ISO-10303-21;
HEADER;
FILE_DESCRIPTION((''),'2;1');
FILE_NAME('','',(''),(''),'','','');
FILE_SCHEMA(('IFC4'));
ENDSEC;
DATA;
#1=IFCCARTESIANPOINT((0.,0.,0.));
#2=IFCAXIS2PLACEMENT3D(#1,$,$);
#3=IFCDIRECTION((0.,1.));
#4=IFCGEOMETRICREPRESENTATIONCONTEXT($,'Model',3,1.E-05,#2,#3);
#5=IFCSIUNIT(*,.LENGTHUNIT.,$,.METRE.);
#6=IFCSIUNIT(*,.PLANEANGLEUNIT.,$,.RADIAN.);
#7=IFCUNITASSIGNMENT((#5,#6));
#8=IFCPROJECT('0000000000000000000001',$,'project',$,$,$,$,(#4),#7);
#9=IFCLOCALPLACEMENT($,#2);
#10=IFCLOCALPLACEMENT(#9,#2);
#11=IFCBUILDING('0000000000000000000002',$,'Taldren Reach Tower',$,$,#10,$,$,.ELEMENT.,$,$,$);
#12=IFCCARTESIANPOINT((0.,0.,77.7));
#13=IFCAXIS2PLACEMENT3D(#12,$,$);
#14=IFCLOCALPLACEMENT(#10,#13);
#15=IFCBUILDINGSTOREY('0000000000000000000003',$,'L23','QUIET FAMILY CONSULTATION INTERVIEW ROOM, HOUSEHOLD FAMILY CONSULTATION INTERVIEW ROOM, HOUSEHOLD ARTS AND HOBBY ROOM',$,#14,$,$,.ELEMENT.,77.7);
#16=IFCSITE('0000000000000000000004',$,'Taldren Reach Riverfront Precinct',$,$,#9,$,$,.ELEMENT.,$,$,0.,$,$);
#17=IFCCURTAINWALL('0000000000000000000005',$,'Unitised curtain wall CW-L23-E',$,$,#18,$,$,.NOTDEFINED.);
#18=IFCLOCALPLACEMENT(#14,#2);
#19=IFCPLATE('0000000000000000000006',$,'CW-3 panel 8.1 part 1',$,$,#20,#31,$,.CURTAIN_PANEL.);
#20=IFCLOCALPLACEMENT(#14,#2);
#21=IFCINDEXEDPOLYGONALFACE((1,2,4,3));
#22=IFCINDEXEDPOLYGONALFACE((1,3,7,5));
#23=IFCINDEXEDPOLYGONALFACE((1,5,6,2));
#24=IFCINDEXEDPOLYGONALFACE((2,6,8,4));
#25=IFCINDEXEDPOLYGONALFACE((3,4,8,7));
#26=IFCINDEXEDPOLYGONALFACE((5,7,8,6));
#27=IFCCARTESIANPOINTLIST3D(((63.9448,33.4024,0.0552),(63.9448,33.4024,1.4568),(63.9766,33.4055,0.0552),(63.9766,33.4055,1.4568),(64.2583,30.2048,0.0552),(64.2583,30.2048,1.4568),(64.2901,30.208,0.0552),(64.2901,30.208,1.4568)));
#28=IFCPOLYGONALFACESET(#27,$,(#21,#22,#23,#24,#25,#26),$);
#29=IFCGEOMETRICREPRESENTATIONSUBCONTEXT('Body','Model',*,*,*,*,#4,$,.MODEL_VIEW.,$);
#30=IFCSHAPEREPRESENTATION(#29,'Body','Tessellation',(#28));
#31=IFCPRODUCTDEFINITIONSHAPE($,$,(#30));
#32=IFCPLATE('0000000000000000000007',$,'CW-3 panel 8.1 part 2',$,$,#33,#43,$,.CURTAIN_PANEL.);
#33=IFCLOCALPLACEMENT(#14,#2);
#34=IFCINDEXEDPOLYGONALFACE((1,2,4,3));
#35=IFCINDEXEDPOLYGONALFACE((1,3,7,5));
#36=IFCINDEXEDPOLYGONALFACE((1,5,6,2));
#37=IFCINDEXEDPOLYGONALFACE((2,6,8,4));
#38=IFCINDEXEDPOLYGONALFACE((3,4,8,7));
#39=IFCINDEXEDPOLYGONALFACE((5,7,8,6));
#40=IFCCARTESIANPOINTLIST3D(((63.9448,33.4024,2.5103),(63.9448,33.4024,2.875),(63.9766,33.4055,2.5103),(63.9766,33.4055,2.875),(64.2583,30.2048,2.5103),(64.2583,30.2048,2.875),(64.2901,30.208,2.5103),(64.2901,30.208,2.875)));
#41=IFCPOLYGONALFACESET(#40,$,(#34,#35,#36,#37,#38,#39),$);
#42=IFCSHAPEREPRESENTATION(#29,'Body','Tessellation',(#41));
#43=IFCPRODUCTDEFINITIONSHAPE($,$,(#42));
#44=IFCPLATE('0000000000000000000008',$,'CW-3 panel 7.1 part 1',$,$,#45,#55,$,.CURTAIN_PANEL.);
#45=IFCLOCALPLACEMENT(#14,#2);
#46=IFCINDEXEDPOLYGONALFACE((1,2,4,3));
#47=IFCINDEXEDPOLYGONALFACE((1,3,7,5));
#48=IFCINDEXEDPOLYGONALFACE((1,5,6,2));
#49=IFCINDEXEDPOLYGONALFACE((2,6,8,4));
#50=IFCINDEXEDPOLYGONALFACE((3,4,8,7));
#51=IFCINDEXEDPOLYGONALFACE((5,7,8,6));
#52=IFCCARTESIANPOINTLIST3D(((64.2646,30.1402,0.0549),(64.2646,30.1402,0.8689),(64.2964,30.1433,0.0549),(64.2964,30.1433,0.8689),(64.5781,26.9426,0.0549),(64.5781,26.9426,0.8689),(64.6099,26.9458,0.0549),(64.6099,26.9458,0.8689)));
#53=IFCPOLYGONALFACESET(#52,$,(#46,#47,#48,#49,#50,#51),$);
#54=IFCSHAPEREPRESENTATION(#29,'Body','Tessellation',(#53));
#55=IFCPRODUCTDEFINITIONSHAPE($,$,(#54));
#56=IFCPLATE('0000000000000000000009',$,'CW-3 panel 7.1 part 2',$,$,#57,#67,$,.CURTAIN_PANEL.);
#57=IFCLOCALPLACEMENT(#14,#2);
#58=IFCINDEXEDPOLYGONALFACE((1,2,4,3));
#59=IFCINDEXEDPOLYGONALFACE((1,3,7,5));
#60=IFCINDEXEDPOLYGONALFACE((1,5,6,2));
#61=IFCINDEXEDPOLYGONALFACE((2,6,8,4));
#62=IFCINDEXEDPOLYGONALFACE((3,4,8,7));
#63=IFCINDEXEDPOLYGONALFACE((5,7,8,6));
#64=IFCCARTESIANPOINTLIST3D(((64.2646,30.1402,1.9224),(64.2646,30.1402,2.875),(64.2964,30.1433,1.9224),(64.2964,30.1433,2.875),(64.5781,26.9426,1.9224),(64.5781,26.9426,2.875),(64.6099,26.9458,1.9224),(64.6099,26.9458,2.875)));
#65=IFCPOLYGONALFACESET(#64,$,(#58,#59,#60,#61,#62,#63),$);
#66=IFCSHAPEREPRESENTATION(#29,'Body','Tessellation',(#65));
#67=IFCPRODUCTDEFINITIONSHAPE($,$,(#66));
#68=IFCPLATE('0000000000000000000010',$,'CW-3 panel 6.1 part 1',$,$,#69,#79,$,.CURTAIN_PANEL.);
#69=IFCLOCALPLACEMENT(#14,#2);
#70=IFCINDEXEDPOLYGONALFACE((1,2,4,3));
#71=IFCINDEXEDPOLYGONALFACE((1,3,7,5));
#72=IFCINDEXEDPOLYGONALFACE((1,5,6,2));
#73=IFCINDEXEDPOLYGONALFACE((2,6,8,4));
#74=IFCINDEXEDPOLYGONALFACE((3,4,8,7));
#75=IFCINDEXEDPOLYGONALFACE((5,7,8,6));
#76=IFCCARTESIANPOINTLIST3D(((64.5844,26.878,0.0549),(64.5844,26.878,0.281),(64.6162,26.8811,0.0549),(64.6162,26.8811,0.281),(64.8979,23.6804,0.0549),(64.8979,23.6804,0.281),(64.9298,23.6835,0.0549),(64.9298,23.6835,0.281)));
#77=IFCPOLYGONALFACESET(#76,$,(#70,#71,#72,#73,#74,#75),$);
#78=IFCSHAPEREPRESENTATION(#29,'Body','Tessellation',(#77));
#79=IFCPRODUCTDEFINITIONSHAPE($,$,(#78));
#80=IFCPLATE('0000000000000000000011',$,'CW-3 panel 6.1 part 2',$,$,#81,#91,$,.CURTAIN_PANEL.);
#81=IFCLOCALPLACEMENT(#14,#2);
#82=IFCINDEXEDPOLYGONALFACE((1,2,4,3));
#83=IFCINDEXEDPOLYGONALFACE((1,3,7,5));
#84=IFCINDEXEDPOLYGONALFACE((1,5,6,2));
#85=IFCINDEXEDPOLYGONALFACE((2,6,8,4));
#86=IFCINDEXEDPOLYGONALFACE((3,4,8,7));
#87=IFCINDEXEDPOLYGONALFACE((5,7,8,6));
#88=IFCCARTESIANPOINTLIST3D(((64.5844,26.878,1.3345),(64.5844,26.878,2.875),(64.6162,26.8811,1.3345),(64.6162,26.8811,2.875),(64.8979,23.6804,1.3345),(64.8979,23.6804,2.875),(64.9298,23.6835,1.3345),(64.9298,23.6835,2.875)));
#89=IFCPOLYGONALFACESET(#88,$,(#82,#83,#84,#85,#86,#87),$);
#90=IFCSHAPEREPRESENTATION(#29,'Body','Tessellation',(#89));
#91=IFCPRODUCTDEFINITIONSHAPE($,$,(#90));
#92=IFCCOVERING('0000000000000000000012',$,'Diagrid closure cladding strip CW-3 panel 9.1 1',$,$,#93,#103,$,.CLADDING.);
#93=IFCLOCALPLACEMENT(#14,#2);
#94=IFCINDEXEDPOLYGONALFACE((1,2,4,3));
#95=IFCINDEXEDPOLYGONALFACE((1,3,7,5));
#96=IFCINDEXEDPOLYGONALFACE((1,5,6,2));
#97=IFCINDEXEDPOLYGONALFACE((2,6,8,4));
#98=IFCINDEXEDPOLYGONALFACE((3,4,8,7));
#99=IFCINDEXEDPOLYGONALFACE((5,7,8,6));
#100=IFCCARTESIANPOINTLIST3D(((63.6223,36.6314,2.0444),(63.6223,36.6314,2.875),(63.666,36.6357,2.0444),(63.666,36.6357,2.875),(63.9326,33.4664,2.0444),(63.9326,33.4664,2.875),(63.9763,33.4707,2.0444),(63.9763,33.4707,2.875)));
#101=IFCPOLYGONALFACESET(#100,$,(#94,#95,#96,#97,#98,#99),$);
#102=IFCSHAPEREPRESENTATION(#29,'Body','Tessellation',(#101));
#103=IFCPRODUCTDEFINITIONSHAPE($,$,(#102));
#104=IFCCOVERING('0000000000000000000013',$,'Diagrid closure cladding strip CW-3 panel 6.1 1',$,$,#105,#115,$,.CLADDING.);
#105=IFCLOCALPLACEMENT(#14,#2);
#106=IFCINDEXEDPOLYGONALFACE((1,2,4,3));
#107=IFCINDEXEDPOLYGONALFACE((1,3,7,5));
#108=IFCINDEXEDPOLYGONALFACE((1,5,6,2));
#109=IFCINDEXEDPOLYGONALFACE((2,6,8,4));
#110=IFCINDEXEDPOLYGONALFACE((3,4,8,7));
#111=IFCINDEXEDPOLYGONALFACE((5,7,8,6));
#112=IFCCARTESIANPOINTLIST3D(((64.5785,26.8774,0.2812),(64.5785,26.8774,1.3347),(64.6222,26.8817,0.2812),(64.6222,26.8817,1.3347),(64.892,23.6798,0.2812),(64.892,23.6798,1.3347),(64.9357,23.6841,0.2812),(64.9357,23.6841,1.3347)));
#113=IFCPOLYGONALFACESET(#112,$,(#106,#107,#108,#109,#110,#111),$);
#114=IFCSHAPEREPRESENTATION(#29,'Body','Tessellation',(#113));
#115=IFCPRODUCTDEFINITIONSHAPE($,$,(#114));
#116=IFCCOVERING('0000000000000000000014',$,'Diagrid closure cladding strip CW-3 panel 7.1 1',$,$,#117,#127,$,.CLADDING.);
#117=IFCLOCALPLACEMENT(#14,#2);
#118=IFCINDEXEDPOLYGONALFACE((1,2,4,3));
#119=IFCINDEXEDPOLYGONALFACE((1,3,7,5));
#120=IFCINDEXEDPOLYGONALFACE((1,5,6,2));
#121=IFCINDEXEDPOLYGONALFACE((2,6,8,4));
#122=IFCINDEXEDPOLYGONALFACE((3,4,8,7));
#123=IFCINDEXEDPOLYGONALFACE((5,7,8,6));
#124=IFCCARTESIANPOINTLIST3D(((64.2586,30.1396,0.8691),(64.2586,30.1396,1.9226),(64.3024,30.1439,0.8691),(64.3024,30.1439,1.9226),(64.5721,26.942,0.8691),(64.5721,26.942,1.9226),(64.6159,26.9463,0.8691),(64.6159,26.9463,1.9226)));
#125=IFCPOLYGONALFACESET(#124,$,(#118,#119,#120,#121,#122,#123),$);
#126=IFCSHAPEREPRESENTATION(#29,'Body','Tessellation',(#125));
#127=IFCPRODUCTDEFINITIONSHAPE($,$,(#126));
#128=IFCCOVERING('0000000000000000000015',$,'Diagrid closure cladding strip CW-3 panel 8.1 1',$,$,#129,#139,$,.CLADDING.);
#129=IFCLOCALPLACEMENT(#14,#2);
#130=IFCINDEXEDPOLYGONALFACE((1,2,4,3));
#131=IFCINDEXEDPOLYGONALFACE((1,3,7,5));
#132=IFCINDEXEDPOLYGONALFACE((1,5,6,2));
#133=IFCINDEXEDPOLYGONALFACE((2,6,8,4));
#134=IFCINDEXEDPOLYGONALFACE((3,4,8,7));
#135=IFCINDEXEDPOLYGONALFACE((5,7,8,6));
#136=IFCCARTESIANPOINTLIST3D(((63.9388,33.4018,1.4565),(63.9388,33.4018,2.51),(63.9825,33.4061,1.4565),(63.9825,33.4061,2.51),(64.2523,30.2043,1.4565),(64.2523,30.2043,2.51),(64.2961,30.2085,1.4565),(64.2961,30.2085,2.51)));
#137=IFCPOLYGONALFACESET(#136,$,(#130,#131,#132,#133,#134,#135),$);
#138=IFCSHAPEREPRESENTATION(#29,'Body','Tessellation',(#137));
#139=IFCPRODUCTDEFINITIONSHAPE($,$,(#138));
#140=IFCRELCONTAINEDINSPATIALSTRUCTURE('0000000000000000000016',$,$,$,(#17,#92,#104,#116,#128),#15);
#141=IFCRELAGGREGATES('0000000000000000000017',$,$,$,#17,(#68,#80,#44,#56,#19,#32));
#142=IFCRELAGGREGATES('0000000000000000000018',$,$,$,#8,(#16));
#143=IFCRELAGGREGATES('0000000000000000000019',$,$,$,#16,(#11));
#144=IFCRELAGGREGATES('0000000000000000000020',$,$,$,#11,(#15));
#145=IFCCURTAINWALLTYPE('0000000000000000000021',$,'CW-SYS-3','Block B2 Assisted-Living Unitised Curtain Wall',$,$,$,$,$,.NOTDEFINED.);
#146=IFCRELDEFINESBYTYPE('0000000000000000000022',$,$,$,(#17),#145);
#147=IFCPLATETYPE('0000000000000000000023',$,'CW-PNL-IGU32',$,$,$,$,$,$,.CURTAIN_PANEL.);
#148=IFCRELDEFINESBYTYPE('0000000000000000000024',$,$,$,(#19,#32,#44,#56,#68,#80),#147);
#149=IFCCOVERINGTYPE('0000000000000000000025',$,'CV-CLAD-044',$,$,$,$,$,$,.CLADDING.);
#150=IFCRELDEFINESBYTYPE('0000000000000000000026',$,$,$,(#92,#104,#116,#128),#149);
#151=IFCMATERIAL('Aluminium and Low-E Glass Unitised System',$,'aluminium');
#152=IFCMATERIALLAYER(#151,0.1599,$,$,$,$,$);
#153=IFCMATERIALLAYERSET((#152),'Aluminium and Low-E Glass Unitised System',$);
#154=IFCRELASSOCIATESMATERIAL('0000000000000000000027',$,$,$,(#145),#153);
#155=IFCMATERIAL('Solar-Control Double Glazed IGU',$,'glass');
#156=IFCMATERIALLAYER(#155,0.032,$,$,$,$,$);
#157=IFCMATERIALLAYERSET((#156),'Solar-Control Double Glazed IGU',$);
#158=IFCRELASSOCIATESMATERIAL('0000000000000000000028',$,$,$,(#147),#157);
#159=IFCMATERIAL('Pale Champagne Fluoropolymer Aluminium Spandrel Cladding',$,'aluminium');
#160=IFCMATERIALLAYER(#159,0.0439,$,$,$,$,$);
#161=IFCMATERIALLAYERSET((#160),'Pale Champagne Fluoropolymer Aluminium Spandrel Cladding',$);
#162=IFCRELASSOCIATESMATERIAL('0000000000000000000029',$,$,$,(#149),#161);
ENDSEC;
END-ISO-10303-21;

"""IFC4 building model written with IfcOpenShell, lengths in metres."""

from ifc_helpers import new_model, si_unit, direction, frame, origin, origin_2d, place, context, subcontext, project, spatial, rectangle, extrude, source, transform, mapped, material, layer, layer_set, type_object, element, aggregate, save


model = new_model("IFC4")

# Units and contexts
model_context = context("Model", 3, precision=1e-05, world=origin(), true_north=direction((0.0, 1.0)))
body_context = subcontext(model_context, "Body", "Model", "MODEL_VIEW")
ifc_project = project(units=[si_unit("LENGTHUNIT", "METRE"), si_unit("PLANEANGLEUNIT", "RADIAN")], contexts=[model_context])

# Site, building, storey
site_placement = place(None, origin())
site = spatial("IfcSite", under=ifc_project, at=site_placement, Name="Taldren Reach Riverfront Precinct", CompositionType="ELEMENT", RefElevation=0.0)
building_placement = place(site_placement, origin())
building = spatial("IfcBuilding", under=site, at=building_placement, Name="Taldren Reach Tower", CompositionType="ELEMENT")
storey_placement = place(building_placement, frame((0.0, 0.0, 77.7)))
storey = spatial("IfcBuildingStorey", under=building, at=storey_placement, Name="L23", Description="QUIET FAMILY CONSULTATION INTERVIEW ROOM, HOUSEHOLD FAMILY CONSULTATION INTERVIEW ROOM, HOUSEHOLD ARTS AND HOBBY ROOM", CompositionType="ELEMENT", Elevation=77.7)

# Curtain wall, plates
ifc_material_1 = material(Name="Aluminium and Low-E Glass Unitised System", Category="aluminium")
ifc_layer_1 = layer(ifc_material_1, 0.1599)
ifc_layer_set_1 = layer_set([ifc_layer_1], Name="Aluminium and Low-E Glass Unitised System")
curtain_wall_type = type_object("IfcCurtainWallType", Name="CW-SYS-3", Description="Block B2 Assisted-Living Unitised Curtain Wall", PredefinedType="NOTDEFINED", material=ifc_layer_set_1)
curtain_wall_placement = place(storey_placement, origin())
curtain_wall = element("IfcCurtainWall", 1, at=curtain_wall_placement, inside=storey, type_object=curtain_wall_type, Name="Unitised curtain wall CW-L23-E", PredefinedType="NOTDEFINED")
ifc_material_2 = material(Name="Solar-Control Double Glazed IGU", Category="glass")
ifc_layer_2 = layer(ifc_material_2, 0.032)
ifc_layer_set_2 = layer_set([ifc_layer_2], Name="Solar-Control Double Glazed IGU")
plate_type = type_object("IfcPlateType", Name="CW-PNL-IGU32", PredefinedType="CURTAIN_PANEL", material=ifc_layer_set_2)
shared_shape_1 = source(origin(), body_context, "Body", "SweptSolid", [
    extrude(rectangle(XDim=3.2129, YDim=0.032, at=origin_2d()), origin(), (0.0, 0.0, 1.0), 1.4016),
])
plate_1_placement = place(storey_placement, frame((64.1174, 31.8052, 0.0552), z_axis=(0.0, 0.0, 1.0), x_axis=(-0.097583, 0.995227, 0.0)))
plate_1 = element("IfcPlate", 2, at=plate_1_placement, type_object=plate_type, Name="CW-3 panel 8.1 part 1", PredefinedType="CURTAIN_PANEL", context=body_context, shape_type="MappedRepresentation", body=[
    mapped(shared_shape_1, transform((0.0, 0.0, 0.0), scale=1.0)),
])
shared_shape_2 = source(origin(), body_context, "Body", "SweptSolid", [
    extrude(rectangle(XDim=3.2129, YDim=0.032, at=origin_2d()), origin(), (0.0, 0.0, 1.0), 0.3647),
])
plate_2_placement = place(storey_placement, frame((64.1174, 31.8052, 2.5103), z_axis=(0.0, 0.0, 1.0), x_axis=(-0.097583, 0.995227, 0.0)))
plate_2 = element("IfcPlate", 3, at=plate_2_placement, type_object=plate_type, Name="CW-3 panel 8.1 part 2", PredefinedType="CURTAIN_PANEL", context=body_context, shape_type="MappedRepresentation", body=[
    mapped(shared_shape_2, transform((0.0, 0.0, 0.0), scale=1.0)),
])
shared_shape_3 = source(origin(), body_context, "Body", "SweptSolid", [
    extrude(rectangle(XDim=3.2129, YDim=0.032, at=origin_2d()), origin(), (0.0, 0.0, 1.0), 0.814),
])
plate_3_placement = place(storey_placement, frame((64.4373, 28.543, 0.0549), z_axis=(0.0, 0.0, 1.0), x_axis=(-0.097583, 0.995227, 0.0)))
plate_3 = element("IfcPlate", 4, at=plate_3_placement, type_object=plate_type, Name="CW-3 panel 7.1 part 1", PredefinedType="CURTAIN_PANEL", context=body_context, shape_type="MappedRepresentation", body=[
    mapped(shared_shape_3, transform((0.0, 0.0, 0.0), scale=1.0)),
])
shared_shape_4 = source(origin(), body_context, "Body", "SweptSolid", [
    extrude(rectangle(XDim=3.2129, YDim=0.032, at=origin_2d()), origin(), (0.0, 0.0, 1.0), 0.9526),
])
plate_4_placement = place(storey_placement, frame((64.4373, 28.543, 1.9224), z_axis=(0.0, 0.0, 1.0), x_axis=(-0.097583, 0.995227, 0.0)))
plate_4 = element("IfcPlate", 5, at=plate_4_placement, type_object=plate_type, Name="CW-3 panel 7.1 part 2", PredefinedType="CURTAIN_PANEL", context=body_context, shape_type="MappedRepresentation", body=[
    mapped(shared_shape_4, transform((0.0, 0.0, 0.0), scale=1.0)),
])
shared_shape_5 = source(origin(), body_context, "Body", "SweptSolid", [
    extrude(rectangle(XDim=3.2129, YDim=0.032, at=origin_2d()), origin(), (0.0, 0.0, 1.0), 0.2261),
])
plate_5_placement = place(storey_placement, frame((64.7571, 25.2808, 0.0549), z_axis=(0.0, 0.0, 1.0), x_axis=(-0.097583, 0.995227, 0.0)))
plate_5 = element("IfcPlate", 6, at=plate_5_placement, type_object=plate_type, Name="CW-3 panel 6.1 part 1", PredefinedType="CURTAIN_PANEL", context=body_context, shape_type="MappedRepresentation", body=[
    mapped(shared_shape_5, transform((0.0, 0.0, 0.0), scale=1.0)),
])
shared_shape_6 = source(origin(), body_context, "Body", "SweptSolid", [
    extrude(rectangle(XDim=3.2129, YDim=0.032, at=origin_2d()), origin(), (0.0, 0.0, 1.0), 1.5405),
])
plate_6_placement = place(storey_placement, frame((64.7571, 25.2808, 1.3345), z_axis=(0.0, 0.0, 1.0), x_axis=(-0.097583, 0.995227, 0.0)))
plate_6 = element("IfcPlate", 7, at=plate_6_placement, type_object=plate_type, Name="CW-3 panel 6.1 part 2", PredefinedType="CURTAIN_PANEL", context=body_context, shape_type="MappedRepresentation", body=[
    mapped(shared_shape_6, transform((0.0, 0.0, 0.0), scale=1.0)),
])
aggregate(curtain_wall, [plate_5, plate_6, plate_3, plate_4, plate_1, plate_2])

# Coverings
ifc_material_3 = material(Name="Pale Champagne Fluoropolymer Aluminium Spandrel Cladding", Category="aluminium")
ifc_layer_3 = layer(ifc_material_3, 0.0439)
ifc_layer_set_3 = layer_set([ifc_layer_3], Name="Pale Champagne Fluoropolymer Aluminium Spandrel Cladding")
covering_type = type_object("IfcCoveringType", Name="CV-CLAD-044", PredefinedType="CLADDING", material=ifc_layer_set_3)
shared_shape_7 = source(origin(), body_context, "Body", "SweptSolid", [
    extrude(rectangle(XDim=3.1802, YDim=0.0439, at=origin_2d()), origin(), (0.0, 0.0, 1.0), 0.8306),
])
covering_placement = place(storey_placement, frame((63.7993, 35.051, 2.0444), z_axis=(0.0, 0.0, 1.0), x_axis=(-0.097583, 0.995227, 0.0)))
element("IfcCovering", 8, at=covering_placement, inside=storey, type_object=covering_type, Name="Diagrid closure cladding strip CW-3 panel 9.1 1", PredefinedType="CLADDING", context=body_context, shape_type="MappedRepresentation", body=[
    mapped(shared_shape_7, transform((0.0, 0.0, 0.0), scale=1.0)),
])
shared_shape_8 = source(origin(), body_context, "Body", "SweptSolid", [
    extrude(rectangle(XDim=3.2129, YDim=0.0439, at=origin_2d()), origin(), (0.0, 0.0, 1.0), 1.0535),
])
for number, where, z_axis, x_axis, name in (
    (9, (64.7571, 25.2808, 0.2812), (0.0, 0.0, 1.0), (-0.097583, 0.995227, 0.0), "Diagrid closure cladding strip CW-3 panel 6.1 1"),
    (10, (64.4373, 28.543, 0.8691), (0.0, 0.0, 1.0), (-0.097583, 0.995227, 0.0), "Diagrid closure cladding strip CW-3 panel 7.1 1"),
    (11, (64.1174, 31.8052, 1.4565), (0.0, 0.0, 1.0), (-0.097583, 0.995227, 0.0), "Diagrid closure cladding strip CW-3 panel 8.1 1"),
):
    element("IfcCovering", number, at=place(storey_placement, frame(where, z_axis=z_axis, x_axis=x_axis)), inside=storey, type_object=covering_type, Name=name, PredefinedType="CLADDING", context=body_context, shape_type="MappedRepresentation", body=[
        mapped(shared_shape_8, transform((0.0, 0.0, 0.0), scale=1.0)),
    ])

save(model, "model.ifc")
